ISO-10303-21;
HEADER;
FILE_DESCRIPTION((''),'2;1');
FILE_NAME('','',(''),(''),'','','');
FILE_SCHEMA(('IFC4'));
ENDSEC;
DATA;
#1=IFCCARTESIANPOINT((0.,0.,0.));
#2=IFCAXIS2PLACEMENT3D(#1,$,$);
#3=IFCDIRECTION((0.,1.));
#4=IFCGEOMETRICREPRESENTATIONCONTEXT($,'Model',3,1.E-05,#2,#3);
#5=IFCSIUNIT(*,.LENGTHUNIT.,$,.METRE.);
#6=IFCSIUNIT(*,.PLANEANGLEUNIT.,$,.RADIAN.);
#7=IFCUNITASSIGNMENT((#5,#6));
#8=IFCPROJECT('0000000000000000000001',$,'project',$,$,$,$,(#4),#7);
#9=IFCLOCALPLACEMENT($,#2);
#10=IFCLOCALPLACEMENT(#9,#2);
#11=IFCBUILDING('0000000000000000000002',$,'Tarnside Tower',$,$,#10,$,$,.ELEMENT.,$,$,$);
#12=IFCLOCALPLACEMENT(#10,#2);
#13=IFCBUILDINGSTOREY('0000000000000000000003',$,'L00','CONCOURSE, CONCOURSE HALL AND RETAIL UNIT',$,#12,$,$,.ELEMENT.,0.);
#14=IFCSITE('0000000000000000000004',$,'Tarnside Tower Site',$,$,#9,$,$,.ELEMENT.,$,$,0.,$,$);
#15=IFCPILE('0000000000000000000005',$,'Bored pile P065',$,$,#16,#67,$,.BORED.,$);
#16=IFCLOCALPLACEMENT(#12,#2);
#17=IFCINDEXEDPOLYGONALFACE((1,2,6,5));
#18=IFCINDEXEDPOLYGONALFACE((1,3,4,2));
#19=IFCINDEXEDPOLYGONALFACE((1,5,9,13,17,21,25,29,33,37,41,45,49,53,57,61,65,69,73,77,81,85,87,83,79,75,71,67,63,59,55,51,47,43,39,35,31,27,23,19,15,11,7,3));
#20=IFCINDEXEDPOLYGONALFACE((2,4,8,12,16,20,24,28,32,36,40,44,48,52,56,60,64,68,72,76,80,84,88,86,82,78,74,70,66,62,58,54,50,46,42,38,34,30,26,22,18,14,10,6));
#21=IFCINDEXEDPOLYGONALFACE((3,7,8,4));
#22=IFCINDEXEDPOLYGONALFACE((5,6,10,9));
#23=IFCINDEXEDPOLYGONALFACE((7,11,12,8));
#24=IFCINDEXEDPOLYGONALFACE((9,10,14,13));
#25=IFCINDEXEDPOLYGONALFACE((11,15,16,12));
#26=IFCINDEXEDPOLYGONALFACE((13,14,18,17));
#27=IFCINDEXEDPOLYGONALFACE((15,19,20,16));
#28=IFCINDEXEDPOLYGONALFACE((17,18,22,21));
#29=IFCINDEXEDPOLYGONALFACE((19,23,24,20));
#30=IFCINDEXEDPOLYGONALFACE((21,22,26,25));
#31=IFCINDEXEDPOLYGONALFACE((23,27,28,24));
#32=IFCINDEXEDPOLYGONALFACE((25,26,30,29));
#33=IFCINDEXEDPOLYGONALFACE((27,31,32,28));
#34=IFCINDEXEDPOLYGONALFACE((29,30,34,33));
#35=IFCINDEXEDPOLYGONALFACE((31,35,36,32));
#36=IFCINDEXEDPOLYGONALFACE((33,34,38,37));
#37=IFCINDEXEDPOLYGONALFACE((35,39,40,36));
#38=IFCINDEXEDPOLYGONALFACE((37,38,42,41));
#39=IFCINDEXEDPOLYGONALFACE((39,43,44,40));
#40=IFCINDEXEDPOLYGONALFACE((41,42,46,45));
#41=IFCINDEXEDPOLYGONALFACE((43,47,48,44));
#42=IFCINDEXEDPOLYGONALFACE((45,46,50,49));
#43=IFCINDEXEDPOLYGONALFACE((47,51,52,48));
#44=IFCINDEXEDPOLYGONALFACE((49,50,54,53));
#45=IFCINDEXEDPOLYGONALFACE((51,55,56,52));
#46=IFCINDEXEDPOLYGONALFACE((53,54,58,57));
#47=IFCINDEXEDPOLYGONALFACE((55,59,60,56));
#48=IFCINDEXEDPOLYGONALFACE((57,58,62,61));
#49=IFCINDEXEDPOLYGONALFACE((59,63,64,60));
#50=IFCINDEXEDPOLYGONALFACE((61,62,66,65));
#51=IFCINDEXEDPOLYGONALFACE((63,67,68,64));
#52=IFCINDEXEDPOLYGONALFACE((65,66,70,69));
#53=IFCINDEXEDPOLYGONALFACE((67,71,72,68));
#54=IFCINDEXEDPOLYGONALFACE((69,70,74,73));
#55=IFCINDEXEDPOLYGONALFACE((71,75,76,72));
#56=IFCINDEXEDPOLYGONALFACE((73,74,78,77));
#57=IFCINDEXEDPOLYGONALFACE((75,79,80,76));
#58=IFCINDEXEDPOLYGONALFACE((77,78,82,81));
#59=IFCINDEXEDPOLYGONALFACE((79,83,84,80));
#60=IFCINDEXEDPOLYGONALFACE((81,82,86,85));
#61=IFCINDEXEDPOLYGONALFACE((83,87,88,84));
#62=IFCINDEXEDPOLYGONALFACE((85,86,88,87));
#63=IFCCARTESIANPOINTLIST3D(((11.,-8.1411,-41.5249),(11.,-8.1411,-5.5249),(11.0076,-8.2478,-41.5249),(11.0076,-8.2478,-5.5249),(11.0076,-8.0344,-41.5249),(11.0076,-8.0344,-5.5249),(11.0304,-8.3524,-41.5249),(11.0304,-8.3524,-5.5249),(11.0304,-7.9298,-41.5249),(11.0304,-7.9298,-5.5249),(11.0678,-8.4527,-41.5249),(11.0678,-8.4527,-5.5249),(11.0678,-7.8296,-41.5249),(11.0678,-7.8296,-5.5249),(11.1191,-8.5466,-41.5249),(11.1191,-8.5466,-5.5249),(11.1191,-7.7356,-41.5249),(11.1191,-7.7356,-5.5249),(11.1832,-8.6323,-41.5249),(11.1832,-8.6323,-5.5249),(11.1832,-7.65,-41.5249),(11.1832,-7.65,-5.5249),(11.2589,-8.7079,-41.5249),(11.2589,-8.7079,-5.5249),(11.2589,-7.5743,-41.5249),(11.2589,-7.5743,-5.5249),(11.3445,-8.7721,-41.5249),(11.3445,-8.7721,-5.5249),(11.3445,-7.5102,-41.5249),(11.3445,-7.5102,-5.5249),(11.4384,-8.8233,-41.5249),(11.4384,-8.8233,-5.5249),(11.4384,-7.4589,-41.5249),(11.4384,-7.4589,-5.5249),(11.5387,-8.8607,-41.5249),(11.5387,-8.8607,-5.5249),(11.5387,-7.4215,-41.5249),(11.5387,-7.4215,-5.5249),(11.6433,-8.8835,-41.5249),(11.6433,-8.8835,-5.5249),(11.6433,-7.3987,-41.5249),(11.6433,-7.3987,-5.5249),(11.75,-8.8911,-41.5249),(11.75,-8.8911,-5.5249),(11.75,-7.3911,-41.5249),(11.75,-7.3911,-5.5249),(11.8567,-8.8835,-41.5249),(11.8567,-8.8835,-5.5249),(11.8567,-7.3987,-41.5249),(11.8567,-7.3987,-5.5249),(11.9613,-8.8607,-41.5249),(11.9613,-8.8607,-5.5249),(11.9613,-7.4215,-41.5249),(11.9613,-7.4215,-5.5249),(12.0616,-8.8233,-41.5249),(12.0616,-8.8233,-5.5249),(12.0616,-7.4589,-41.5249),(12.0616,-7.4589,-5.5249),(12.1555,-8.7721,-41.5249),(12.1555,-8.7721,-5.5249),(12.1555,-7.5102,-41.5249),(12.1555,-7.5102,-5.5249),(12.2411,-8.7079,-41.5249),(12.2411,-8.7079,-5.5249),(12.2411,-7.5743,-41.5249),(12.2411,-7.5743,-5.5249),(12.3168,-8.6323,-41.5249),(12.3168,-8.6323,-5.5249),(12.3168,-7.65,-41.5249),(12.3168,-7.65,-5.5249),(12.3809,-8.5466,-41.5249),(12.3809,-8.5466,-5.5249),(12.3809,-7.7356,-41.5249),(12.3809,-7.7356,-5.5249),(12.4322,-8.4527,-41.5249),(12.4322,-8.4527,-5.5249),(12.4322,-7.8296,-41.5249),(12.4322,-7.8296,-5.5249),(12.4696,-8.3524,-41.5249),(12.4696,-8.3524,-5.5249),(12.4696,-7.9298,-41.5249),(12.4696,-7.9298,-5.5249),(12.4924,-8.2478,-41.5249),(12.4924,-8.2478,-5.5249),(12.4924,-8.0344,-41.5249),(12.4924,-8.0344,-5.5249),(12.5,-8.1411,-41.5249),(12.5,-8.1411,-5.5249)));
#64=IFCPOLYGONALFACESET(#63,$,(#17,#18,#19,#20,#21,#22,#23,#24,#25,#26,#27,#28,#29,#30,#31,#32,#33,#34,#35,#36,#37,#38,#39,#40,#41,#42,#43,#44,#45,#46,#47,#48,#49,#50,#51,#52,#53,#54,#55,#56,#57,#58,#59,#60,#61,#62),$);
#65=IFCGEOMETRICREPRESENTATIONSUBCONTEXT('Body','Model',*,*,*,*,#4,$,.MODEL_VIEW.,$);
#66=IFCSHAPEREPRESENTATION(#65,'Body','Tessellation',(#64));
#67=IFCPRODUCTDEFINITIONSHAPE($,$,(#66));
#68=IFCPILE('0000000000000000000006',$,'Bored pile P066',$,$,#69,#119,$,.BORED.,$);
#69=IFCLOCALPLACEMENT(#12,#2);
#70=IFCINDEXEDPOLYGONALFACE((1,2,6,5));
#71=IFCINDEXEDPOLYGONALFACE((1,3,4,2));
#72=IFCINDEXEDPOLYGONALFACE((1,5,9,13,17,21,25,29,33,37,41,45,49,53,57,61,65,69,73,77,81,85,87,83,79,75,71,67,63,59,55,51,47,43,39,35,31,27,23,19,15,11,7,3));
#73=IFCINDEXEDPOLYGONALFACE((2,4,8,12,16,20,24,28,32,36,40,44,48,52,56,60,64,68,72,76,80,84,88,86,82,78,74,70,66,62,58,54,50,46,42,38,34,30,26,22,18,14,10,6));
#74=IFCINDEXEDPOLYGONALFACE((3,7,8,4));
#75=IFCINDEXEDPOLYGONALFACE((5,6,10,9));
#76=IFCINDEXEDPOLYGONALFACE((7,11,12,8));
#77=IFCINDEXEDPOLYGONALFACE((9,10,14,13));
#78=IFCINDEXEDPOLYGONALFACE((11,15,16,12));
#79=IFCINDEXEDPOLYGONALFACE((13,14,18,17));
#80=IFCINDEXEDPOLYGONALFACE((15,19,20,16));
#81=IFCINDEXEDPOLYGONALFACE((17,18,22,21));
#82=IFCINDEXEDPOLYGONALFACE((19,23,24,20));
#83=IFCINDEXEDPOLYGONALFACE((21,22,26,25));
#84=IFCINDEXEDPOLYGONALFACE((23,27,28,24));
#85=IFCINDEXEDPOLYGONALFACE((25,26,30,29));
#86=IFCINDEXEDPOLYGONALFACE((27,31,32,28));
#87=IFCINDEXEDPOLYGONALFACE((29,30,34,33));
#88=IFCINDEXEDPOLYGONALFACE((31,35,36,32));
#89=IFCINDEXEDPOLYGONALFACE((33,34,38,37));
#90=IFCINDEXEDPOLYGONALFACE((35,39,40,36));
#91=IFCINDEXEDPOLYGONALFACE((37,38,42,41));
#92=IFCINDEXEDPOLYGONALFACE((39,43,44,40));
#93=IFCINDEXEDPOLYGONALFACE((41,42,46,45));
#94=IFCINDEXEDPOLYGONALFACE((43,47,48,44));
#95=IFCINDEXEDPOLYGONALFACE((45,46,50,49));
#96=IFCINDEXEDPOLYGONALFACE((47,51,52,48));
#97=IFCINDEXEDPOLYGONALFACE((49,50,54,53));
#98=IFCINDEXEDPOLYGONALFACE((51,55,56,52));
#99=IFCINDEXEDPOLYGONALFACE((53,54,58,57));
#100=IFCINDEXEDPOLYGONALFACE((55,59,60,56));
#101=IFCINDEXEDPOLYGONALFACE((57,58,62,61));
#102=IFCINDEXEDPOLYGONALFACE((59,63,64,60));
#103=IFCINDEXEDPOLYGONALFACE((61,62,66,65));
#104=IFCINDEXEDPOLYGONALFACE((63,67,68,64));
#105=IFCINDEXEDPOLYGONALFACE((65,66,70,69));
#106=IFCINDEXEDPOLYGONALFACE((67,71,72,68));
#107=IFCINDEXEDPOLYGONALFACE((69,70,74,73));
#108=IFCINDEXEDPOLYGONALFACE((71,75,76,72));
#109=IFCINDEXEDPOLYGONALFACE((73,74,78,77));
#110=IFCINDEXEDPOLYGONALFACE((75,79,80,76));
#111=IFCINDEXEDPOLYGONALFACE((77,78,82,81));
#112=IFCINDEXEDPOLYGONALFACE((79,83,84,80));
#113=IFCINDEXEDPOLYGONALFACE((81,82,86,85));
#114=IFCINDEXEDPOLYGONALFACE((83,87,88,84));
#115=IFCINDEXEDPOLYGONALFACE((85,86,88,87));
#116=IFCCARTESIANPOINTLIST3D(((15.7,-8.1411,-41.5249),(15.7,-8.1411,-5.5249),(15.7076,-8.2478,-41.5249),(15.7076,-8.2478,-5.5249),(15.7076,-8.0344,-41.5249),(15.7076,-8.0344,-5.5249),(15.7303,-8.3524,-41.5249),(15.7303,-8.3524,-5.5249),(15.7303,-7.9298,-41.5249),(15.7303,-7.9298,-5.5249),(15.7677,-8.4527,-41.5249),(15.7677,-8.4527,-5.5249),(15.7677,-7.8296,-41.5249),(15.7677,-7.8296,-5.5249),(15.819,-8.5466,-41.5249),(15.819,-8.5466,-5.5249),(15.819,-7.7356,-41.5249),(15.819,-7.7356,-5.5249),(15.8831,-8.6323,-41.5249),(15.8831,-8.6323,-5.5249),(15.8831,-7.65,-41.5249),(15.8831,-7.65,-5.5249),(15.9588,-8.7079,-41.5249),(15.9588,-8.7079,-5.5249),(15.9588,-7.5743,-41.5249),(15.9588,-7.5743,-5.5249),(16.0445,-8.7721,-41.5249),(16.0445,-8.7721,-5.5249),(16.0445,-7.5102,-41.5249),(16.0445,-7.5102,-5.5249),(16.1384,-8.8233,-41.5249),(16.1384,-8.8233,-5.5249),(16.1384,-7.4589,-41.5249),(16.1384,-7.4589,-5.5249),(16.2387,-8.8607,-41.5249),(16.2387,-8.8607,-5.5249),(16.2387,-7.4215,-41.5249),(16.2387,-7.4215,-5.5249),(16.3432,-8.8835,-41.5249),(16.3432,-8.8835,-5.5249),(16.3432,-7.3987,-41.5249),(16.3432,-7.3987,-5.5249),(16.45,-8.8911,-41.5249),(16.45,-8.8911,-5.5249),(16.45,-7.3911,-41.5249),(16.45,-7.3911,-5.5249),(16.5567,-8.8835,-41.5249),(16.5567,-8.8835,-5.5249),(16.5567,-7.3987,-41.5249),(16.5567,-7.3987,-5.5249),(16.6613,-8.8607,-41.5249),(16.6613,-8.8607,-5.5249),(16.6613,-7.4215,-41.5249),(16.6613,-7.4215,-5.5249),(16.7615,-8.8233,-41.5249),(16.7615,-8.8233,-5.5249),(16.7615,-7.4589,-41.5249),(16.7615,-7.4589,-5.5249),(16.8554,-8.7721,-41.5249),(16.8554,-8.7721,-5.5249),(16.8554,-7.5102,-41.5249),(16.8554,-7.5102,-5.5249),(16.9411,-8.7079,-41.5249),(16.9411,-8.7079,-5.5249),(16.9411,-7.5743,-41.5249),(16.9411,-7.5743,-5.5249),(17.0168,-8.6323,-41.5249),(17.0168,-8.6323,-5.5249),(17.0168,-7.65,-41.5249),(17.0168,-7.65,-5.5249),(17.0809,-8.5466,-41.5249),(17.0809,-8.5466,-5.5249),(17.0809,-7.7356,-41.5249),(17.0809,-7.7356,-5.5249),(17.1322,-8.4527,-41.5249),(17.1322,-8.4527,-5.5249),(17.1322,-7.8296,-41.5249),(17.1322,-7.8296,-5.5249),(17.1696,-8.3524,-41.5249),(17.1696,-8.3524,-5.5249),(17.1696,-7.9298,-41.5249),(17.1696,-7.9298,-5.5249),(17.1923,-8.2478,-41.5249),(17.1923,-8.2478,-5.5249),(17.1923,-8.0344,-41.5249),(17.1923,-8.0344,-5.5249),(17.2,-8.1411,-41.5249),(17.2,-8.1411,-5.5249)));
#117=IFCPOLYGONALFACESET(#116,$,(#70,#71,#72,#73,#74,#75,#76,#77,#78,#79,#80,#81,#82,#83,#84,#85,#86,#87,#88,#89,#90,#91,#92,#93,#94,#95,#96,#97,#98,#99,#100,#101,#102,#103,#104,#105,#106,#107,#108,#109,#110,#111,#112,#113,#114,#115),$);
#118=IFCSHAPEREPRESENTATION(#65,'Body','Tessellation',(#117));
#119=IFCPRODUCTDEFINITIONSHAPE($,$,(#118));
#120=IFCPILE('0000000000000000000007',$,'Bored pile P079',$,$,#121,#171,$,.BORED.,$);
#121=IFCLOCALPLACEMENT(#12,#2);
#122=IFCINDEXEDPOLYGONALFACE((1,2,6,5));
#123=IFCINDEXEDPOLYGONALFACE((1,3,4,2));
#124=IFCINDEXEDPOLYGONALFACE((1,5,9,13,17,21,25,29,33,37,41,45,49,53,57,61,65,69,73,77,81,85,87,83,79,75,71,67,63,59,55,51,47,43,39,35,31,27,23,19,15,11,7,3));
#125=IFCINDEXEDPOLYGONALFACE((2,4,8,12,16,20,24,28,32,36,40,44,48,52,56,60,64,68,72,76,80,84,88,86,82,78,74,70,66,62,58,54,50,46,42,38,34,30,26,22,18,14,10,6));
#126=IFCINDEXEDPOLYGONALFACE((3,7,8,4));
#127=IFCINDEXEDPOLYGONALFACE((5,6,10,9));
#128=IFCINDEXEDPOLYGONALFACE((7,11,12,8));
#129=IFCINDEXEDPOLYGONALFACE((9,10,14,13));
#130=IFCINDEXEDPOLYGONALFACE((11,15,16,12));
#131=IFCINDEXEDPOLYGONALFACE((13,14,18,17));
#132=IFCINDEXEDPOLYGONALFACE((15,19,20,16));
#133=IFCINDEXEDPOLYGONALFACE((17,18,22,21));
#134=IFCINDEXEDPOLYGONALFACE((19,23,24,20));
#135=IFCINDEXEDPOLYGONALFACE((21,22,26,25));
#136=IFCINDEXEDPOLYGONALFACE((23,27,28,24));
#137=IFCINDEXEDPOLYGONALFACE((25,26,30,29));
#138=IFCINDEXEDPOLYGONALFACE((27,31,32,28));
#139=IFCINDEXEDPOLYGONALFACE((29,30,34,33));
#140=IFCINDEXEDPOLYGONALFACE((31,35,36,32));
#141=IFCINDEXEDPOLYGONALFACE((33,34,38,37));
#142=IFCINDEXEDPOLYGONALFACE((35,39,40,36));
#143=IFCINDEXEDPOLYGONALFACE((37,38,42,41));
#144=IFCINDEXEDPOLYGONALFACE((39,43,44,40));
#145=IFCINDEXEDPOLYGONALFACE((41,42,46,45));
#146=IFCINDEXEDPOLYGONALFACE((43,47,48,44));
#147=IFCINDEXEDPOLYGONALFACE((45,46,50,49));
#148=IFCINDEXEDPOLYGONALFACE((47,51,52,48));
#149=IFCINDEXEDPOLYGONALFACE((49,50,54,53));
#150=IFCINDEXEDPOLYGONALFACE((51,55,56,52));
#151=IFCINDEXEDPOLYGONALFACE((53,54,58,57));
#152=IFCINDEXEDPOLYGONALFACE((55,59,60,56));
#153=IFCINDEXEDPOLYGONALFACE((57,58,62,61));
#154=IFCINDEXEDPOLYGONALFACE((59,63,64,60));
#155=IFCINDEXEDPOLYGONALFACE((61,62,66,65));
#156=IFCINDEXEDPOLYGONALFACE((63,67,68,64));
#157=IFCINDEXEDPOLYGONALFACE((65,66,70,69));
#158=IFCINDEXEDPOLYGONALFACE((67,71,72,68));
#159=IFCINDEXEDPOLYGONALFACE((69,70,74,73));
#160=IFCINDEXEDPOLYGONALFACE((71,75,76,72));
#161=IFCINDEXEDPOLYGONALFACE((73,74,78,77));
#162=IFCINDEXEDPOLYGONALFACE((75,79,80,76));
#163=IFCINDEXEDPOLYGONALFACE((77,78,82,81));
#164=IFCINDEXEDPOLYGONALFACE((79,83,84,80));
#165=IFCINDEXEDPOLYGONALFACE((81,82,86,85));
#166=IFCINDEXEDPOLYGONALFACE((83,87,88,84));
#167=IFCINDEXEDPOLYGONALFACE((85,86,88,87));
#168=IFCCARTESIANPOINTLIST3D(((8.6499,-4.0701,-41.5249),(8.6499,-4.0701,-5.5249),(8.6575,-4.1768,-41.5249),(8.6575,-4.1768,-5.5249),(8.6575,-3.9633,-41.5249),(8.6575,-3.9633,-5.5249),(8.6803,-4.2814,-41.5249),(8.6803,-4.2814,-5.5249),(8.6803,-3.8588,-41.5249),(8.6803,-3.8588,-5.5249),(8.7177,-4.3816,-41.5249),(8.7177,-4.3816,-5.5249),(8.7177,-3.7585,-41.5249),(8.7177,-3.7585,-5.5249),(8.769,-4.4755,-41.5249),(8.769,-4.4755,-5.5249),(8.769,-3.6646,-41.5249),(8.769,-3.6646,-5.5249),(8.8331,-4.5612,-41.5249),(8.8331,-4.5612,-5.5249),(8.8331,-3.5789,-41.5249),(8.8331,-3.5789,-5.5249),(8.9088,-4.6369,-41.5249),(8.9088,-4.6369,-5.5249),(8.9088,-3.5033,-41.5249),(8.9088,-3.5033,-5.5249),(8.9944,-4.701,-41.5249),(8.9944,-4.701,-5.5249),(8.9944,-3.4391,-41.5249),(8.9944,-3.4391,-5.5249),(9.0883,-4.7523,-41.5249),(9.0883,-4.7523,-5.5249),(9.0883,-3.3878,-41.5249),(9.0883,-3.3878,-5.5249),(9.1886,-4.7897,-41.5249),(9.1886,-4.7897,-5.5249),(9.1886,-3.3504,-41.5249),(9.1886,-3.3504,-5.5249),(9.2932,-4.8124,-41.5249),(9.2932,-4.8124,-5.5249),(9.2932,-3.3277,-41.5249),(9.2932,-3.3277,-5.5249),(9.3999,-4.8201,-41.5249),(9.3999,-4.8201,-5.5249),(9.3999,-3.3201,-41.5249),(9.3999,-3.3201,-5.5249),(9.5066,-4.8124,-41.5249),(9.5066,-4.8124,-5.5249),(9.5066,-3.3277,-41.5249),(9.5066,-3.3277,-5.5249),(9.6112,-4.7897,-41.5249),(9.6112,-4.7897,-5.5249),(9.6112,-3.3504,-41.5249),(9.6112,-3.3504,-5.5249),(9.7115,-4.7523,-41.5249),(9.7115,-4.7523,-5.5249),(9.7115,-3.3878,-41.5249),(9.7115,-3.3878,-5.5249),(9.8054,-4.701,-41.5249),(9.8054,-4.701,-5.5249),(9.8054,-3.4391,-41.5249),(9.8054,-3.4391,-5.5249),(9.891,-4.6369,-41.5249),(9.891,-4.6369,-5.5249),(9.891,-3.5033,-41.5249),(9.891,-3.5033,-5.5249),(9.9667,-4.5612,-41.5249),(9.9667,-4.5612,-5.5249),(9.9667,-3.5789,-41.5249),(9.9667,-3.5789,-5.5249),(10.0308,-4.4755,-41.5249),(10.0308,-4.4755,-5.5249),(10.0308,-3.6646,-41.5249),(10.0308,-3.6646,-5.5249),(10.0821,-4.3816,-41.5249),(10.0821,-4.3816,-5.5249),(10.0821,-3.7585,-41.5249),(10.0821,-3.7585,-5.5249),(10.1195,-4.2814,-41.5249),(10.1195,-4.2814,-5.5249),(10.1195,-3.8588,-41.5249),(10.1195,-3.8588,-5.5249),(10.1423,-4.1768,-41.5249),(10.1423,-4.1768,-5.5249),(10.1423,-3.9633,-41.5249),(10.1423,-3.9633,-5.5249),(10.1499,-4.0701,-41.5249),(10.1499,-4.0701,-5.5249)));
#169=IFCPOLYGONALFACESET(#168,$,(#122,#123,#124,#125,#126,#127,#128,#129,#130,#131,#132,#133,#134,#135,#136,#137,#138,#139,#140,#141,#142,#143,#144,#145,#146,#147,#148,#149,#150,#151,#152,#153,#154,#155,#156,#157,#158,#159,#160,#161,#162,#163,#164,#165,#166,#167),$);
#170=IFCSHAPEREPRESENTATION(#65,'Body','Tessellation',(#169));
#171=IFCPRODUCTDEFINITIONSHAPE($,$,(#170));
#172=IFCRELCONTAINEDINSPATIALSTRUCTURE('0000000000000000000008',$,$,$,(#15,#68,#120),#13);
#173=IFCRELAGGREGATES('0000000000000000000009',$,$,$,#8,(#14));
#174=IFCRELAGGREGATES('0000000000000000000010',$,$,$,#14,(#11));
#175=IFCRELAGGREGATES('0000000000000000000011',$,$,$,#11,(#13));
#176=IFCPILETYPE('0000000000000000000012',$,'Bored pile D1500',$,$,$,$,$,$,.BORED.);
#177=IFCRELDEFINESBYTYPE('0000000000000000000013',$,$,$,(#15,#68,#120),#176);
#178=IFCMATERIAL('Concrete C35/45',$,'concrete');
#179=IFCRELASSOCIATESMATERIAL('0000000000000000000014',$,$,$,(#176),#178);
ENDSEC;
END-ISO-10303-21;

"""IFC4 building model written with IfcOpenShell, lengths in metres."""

from ifc_helpers import new_model, si_unit, direction, frame, origin, origin_2d, place, context, subcontext, project, spatial, circle, extrude, material, material_profile, profile_set, type_object, element, save


model = new_model("IFC4")

# Units and contexts
model_context = context("Model", 3, precision=1e-05, world=origin(), true_north=direction((0.0, 1.0)))
body_context = subcontext(model_context, "Body", "Model", "MODEL_VIEW")
ifc_project = project(units=[si_unit("LENGTHUNIT", "METRE"), si_unit("PLANEANGLEUNIT", "RADIAN")], contexts=[model_context])

# Site, building, storey
site_placement = place(None, origin())
site = spatial("IfcSite", under=ifc_project, at=site_placement, Name="Tarnside Tower Site", CompositionType="ELEMENT", RefElevation=0.0)
building_placement = place(site_placement, origin())
building = spatial("IfcBuilding", under=site, at=building_placement, Name="Tarnside Tower", CompositionType="ELEMENT")
storey_placement = place(building_placement, origin())
storey = spatial("IfcBuildingStorey", under=building, at=storey_placement, Name="L00", Description="CONCOURSE, CONCOURSE HALL AND RETAIL UNIT", CompositionType="ELEMENT", Elevation=0.0)

# Piles
ifc_material_1 = material(Name="Concrete C35/45", Category="concrete")
ifc_material_profile_1 = material_profile(ifc_material_1, circle(Radius=0.75, at=origin_2d()), Name="Bored pile D1500")
ifc_profile_set_1 = profile_set([ifc_material_profile_1], Name="Concrete C35/45")
pile_type = type_object("IfcPileType", Name="Bored pile D1500", PredefinedType="BORED", material=ifc_profile_set_1)
for number, where, z_axis, x_axis, name in (
    (1, (11.75, -8.1411, -5.5249), (0.0, 0.0, -1.0), (1.0, 0.0, 0.0), "Bored pile P065"),
    (2, (16.45, -8.1411, -5.5249), (0.0, 0.0, -1.0), (1.0, 0.0, 0.0), "Bored pile P066"),
    (3, (9.3999, -4.0701, -5.5249), (0.0, 0.0, -1.0), (1.0, 0.0, 0.0), "Bored pile P079"),
):
    element("IfcPile", number, at=place(storey_placement, frame(where, z_axis=z_axis, x_axis=x_axis)), inside=storey, type_object=pile_type, Name=name, PredefinedType="BORED", context=body_context, shape_type="SweptSolid", body=[
        extrude(circle(Radius=0.75, at=origin_2d()), origin(), (0.0, 0.0, 1.0), 36.0),
    ])

save(model, "model.ifc")
